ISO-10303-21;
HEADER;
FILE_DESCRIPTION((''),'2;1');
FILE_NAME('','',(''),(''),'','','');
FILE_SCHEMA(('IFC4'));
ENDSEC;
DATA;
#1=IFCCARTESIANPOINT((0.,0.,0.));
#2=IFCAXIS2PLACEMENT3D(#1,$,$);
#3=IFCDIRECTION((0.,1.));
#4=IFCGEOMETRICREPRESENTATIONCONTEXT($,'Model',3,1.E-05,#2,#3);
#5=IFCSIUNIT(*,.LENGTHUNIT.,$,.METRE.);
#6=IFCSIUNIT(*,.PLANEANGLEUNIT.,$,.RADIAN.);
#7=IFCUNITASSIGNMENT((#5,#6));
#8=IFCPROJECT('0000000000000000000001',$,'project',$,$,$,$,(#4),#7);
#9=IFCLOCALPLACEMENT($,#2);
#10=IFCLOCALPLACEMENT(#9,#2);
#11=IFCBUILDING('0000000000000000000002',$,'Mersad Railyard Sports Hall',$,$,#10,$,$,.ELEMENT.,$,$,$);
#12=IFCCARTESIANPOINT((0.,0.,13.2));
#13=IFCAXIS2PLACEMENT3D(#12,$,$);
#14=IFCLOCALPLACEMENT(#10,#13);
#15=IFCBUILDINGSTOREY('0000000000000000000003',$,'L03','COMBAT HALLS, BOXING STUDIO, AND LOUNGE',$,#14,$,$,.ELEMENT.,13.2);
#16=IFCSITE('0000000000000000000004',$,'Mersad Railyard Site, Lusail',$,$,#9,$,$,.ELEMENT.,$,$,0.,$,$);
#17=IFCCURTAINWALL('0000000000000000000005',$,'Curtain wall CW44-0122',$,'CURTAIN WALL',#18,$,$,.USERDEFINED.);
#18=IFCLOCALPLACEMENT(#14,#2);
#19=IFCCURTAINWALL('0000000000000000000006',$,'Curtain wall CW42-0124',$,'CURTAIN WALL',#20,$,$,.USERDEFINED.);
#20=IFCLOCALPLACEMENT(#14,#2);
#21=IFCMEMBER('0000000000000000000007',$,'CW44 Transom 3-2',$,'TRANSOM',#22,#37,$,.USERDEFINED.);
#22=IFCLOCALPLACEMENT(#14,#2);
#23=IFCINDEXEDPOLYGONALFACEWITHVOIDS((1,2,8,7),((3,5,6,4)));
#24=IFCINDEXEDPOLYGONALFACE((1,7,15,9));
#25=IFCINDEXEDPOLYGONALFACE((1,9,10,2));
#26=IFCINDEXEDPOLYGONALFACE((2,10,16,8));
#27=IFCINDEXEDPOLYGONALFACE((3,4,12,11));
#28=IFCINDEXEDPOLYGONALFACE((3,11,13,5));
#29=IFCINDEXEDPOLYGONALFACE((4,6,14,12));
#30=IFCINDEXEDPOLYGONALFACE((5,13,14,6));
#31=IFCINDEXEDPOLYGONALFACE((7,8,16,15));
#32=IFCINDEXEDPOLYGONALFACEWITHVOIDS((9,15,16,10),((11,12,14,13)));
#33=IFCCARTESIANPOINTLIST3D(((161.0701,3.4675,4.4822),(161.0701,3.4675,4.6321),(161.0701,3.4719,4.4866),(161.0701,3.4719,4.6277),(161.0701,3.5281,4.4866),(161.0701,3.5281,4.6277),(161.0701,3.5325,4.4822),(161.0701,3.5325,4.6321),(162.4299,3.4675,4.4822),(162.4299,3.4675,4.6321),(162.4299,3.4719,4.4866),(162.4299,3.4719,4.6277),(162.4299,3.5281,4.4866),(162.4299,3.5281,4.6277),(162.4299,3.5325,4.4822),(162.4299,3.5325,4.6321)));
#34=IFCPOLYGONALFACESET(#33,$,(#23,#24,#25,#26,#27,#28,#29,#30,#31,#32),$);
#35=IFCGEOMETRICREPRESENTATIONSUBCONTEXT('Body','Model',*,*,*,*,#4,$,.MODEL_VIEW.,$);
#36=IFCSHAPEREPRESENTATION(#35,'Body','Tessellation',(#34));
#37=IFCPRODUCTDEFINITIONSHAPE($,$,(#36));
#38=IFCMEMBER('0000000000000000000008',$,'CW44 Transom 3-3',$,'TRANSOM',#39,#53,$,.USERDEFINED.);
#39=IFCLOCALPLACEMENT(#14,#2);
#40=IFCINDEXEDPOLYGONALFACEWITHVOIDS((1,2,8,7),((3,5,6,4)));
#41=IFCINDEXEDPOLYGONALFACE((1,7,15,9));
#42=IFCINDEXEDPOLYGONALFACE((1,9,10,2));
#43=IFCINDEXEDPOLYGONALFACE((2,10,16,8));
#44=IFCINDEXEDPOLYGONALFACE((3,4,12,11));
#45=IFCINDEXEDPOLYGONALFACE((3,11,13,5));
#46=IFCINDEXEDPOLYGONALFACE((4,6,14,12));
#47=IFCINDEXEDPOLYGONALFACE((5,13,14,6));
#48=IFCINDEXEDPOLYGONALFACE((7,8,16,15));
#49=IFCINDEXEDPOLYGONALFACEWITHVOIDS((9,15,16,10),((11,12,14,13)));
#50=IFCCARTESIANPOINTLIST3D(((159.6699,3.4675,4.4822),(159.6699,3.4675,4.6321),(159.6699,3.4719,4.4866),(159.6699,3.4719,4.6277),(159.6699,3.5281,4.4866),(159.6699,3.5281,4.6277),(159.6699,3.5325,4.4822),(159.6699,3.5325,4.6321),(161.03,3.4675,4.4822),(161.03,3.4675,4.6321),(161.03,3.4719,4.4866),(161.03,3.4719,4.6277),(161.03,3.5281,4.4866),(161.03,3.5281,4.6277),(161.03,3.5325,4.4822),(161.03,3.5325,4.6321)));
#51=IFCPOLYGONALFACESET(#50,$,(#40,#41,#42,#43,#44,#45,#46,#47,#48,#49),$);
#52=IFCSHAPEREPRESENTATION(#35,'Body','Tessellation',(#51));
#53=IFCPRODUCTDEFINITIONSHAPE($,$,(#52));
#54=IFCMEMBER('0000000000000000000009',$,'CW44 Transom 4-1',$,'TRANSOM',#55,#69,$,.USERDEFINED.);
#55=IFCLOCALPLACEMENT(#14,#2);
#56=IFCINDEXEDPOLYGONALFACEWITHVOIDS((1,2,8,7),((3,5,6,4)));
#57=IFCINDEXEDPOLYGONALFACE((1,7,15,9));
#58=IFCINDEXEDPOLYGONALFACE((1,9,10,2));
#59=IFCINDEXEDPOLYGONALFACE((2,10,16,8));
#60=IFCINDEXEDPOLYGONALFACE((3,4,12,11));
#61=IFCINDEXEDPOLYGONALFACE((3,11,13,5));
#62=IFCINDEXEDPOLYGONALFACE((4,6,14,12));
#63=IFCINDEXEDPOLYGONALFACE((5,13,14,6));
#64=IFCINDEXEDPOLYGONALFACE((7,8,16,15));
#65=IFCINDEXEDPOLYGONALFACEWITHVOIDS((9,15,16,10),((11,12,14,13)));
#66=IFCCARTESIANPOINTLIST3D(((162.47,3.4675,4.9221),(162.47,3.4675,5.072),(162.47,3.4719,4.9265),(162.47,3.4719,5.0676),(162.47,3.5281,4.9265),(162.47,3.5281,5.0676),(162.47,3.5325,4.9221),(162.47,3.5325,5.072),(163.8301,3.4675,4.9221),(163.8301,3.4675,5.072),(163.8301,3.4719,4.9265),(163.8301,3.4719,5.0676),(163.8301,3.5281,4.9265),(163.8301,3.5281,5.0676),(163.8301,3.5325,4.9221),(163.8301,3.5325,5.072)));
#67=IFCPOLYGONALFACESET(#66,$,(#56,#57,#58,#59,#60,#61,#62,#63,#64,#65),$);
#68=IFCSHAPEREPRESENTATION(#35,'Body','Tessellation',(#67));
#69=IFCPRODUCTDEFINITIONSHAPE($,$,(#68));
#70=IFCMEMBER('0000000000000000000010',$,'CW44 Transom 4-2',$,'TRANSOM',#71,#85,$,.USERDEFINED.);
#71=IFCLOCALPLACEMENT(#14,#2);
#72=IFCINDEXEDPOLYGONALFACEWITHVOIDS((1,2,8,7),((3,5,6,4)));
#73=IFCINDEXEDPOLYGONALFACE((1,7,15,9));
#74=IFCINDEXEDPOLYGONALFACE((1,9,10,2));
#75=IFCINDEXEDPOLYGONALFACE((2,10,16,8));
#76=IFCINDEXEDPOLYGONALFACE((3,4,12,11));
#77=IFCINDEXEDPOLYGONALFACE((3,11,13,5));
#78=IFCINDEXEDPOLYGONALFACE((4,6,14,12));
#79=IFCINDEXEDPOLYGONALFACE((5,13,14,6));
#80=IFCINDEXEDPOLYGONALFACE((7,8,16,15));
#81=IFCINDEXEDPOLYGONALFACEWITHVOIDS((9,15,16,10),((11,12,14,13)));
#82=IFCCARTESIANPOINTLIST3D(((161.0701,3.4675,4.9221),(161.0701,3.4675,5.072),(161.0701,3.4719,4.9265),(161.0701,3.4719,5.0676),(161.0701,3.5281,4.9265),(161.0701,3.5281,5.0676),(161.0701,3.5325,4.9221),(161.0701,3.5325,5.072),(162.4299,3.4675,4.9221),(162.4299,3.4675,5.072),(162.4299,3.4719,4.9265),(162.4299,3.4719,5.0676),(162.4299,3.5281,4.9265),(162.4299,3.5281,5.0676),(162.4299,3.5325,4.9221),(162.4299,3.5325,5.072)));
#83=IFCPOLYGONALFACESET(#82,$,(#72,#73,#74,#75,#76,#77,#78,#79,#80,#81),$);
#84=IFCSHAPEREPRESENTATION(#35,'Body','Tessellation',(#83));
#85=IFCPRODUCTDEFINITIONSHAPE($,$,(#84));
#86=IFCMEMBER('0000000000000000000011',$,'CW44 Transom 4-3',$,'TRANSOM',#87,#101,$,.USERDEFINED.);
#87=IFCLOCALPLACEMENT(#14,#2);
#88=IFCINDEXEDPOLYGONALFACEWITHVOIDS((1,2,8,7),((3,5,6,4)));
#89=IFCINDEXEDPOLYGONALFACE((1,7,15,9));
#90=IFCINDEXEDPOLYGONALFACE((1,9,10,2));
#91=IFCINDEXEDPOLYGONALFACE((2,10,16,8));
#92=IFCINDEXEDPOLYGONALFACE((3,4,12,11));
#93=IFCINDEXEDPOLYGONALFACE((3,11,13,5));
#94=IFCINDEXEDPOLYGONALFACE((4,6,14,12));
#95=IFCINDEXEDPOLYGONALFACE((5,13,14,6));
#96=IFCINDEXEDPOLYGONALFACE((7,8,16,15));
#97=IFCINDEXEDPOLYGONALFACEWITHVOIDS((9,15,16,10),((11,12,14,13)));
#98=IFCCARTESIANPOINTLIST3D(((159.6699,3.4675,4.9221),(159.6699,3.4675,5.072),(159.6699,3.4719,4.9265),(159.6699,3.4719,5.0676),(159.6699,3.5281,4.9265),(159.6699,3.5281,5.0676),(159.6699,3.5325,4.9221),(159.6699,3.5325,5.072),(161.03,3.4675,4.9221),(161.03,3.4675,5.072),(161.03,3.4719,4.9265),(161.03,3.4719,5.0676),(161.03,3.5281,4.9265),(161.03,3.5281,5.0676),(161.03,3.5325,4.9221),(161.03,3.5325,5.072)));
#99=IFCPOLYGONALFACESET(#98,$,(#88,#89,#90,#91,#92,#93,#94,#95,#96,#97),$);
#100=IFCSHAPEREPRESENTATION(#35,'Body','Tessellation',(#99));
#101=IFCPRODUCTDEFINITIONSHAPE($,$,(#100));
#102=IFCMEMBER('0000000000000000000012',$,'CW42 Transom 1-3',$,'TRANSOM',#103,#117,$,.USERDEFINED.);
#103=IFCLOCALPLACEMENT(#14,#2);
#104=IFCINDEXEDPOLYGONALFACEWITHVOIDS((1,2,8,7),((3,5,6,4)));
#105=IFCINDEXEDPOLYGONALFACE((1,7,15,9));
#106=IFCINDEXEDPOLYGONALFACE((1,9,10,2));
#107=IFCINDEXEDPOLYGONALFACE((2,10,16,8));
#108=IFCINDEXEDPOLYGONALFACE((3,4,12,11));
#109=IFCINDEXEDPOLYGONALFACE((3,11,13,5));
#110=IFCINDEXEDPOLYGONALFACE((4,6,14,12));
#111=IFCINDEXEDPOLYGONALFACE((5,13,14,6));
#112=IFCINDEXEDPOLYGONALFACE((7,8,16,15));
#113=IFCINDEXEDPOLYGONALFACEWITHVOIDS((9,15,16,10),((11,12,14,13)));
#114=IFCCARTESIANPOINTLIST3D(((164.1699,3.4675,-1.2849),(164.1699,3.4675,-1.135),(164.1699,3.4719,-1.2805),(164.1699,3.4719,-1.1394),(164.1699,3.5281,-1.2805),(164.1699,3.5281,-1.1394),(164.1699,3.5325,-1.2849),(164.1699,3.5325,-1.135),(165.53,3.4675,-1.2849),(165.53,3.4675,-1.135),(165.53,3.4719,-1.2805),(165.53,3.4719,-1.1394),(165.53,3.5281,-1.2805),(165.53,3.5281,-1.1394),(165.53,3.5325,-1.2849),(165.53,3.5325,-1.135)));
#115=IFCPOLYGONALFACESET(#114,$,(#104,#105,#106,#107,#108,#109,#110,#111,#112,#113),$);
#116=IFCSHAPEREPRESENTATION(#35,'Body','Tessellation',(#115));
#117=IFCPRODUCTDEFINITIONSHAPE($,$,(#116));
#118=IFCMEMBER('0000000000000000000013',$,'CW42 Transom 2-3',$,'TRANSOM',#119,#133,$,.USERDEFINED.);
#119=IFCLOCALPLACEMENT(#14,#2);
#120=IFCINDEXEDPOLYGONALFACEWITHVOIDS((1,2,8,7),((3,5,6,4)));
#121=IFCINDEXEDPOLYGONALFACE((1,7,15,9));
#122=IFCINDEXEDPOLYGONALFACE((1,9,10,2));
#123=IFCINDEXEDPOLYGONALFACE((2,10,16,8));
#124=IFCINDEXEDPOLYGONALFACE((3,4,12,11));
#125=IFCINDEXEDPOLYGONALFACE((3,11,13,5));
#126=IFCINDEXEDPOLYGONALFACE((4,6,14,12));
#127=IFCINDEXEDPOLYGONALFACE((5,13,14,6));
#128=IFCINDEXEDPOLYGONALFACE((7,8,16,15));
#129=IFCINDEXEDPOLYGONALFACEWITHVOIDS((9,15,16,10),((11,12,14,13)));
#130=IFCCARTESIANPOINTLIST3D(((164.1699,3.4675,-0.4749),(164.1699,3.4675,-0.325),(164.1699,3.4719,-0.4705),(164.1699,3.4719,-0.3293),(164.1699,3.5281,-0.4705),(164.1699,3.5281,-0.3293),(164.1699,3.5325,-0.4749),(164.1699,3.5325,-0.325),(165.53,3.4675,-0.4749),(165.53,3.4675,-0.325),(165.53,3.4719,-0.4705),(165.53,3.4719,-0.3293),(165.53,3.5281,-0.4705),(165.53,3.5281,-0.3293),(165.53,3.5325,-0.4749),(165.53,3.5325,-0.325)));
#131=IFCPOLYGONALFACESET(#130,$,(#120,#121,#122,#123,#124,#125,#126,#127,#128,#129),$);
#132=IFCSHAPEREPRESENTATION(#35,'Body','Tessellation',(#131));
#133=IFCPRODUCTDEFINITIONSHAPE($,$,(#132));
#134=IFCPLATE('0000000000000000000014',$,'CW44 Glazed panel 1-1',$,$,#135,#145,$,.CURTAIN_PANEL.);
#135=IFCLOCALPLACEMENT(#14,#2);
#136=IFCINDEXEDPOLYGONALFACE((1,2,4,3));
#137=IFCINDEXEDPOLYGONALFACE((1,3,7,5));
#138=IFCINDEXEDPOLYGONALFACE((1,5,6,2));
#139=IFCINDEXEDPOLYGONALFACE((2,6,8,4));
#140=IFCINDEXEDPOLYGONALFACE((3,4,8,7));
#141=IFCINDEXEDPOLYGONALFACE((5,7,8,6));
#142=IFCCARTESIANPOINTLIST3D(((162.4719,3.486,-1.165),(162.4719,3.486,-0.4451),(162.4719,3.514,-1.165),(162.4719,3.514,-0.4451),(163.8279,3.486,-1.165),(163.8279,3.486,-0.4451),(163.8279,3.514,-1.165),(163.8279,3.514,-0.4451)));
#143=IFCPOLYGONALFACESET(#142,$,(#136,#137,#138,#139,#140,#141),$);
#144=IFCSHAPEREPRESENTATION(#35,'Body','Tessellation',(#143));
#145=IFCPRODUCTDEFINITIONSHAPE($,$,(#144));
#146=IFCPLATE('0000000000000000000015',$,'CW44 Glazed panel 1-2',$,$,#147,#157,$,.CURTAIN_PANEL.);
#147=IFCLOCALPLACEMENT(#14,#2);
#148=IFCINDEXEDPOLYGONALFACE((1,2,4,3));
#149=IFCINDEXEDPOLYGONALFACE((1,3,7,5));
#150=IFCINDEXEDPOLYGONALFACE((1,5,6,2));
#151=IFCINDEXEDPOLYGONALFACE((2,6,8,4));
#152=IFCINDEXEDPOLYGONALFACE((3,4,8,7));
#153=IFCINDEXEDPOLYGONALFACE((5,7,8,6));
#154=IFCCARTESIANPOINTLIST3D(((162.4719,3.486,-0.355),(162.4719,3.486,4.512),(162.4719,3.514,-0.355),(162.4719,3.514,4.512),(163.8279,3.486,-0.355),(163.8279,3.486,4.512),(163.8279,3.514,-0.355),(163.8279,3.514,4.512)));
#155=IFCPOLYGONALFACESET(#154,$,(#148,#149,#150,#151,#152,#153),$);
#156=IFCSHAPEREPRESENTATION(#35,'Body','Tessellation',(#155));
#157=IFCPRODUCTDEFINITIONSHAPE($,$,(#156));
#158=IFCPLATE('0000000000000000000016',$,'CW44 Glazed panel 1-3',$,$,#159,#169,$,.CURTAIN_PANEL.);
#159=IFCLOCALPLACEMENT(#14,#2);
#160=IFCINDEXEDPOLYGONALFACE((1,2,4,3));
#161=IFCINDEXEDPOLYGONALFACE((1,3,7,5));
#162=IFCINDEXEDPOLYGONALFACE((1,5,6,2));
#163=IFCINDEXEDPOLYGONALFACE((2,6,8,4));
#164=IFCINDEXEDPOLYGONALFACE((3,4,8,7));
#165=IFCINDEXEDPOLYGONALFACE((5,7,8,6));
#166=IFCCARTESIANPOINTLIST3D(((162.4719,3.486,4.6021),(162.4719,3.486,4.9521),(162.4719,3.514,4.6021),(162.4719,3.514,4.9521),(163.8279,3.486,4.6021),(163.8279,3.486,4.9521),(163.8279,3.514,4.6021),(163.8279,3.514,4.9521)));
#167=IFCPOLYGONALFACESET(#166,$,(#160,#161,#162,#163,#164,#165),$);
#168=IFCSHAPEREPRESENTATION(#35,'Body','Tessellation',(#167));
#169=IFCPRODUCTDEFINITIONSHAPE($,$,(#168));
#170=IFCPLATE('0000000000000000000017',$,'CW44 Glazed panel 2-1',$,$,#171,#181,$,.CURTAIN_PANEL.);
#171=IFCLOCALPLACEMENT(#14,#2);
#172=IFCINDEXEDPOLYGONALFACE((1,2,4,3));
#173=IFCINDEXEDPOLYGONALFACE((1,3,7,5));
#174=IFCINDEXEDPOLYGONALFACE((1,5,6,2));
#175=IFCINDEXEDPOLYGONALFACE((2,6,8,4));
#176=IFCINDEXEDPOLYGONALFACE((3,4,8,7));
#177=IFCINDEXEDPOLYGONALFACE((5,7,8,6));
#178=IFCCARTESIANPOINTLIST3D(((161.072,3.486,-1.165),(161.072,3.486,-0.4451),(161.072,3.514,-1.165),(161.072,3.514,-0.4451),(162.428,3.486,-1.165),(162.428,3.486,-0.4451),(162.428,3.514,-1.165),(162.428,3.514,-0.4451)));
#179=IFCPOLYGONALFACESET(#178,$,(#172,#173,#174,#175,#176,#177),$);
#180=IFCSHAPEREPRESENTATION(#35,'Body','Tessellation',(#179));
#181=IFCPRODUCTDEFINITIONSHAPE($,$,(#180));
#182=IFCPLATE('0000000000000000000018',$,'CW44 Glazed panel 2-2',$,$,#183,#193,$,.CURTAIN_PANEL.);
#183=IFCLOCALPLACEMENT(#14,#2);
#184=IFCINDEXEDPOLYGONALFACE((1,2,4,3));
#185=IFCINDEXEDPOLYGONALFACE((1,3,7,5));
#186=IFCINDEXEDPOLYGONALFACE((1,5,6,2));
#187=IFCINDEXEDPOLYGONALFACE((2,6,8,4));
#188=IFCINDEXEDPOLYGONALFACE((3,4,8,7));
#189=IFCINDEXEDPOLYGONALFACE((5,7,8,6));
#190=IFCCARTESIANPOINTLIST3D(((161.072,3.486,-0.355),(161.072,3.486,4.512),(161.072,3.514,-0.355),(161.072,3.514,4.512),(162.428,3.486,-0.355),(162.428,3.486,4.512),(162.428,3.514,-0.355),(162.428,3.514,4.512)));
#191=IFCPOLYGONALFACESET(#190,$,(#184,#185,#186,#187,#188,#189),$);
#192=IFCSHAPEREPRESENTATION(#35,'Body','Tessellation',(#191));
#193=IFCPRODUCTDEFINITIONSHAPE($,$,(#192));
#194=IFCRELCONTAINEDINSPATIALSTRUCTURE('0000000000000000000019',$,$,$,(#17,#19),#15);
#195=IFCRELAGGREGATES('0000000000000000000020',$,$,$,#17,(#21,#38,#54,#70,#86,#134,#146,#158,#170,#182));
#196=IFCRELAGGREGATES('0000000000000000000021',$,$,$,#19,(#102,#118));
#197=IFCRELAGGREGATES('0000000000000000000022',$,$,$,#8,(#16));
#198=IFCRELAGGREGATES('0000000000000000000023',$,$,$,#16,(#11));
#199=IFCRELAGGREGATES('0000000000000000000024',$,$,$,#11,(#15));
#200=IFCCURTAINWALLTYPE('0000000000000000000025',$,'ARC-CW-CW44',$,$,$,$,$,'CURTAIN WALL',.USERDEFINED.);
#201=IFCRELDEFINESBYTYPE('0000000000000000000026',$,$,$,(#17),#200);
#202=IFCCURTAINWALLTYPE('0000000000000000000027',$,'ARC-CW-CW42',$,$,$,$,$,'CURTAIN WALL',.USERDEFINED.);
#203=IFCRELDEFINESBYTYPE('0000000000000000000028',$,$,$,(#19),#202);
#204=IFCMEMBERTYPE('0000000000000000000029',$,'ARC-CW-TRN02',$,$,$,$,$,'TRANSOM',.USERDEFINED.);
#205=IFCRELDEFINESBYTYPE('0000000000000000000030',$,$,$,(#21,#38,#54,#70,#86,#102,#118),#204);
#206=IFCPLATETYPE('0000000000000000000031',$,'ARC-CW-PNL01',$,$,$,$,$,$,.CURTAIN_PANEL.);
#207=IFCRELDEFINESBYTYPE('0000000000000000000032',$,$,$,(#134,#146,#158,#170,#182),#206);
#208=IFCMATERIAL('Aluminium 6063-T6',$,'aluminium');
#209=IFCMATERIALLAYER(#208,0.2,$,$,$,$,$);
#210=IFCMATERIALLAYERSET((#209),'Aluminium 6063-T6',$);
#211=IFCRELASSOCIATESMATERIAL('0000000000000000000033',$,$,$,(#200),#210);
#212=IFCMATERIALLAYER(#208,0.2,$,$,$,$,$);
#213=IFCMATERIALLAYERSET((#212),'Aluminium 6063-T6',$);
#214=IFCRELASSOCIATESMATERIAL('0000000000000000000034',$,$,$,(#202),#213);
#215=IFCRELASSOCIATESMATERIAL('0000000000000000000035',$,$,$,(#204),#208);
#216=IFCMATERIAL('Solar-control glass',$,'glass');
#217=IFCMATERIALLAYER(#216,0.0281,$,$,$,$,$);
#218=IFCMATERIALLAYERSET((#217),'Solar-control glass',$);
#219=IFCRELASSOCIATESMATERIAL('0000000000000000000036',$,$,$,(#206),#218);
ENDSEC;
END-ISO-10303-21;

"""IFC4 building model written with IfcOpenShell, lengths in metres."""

from ifc_helpers import new_model, si_unit, direction, frame, origin, origin_2d, place, context, subcontext, project, spatial, rectangle, hollow_rectangle, extrude, material, layer, layer_set, material_profile, profile_set, type_object, element, aggregate, save


model = new_model("IFC4")

# Units and contexts
model_context = context("Model", 3, precision=1e-05, world=origin(), true_north=direction((0.0, 1.0)))
body_context = subcontext(model_context, "Body", "Model", "MODEL_VIEW")
ifc_project = project(units=[si_unit("LENGTHUNIT", "METRE"), si_unit("PLANEANGLEUNIT", "RADIAN")], contexts=[model_context])

# Site, building, storey
site_placement = place(None, origin())
site = spatial("IfcSite", under=ifc_project, at=site_placement, Name="Mersad Railyard Site, Lusail", CompositionType="ELEMENT", RefElevation=0.0)
building_placement = place(site_placement, origin())
building = spatial("IfcBuilding", under=site, at=building_placement, Name="Mersad Railyard Sports Hall", CompositionType="ELEMENT")
storey_placement = place(building_placement, frame((0.0, 0.0, 13.2)))
storey = spatial("IfcBuildingStorey", under=building, at=storey_placement, Name="L03", Description="COMBAT HALLS, BOXING STUDIO, AND LOUNGE", CompositionType="ELEMENT", Elevation=13.2)

# Curtain wall
ifc_material_1 = material(Name="Aluminium 6063-T6", Category="aluminium")
ifc_layer_1 = layer(ifc_material_1, 0.2)
ifc_layer_set_1 = layer_set([ifc_layer_1], Name="Aluminium 6063-T6")
curtain_wall_type_1 = type_object("IfcCurtainWallType", Name="ARC-CW-CW44", ElementType="CURTAIN WALL", PredefinedType="USERDEFINED", material=ifc_layer_set_1)
curtain_wall_1_placement = place(storey_placement, origin())
curtain_wall_1 = element("IfcCurtainWall", 1, at=curtain_wall_1_placement, inside=storey, type_object=curtain_wall_type_1, Name="Curtain wall CW44-0122", ObjectType="CURTAIN WALL", PredefinedType="USERDEFINED")

# Curtain wall
ifc_layer_2 = layer(ifc_material_1, 0.2)
ifc_layer_set_2 = layer_set([ifc_layer_2], Name="Aluminium 6063-T6")
curtain_wall_type_2 = type_object("IfcCurtainWallType", Name="ARC-CW-CW42", ElementType="CURTAIN WALL", PredefinedType="USERDEFINED", material=ifc_layer_set_2)
curtain_wall_2_placement = place(storey_placement, origin())
curtain_wall_2 = element("IfcCurtainWall", 2, at=curtain_wall_2_placement, inside=storey, type_object=curtain_wall_type_2, Name="Curtain wall CW42-0124", ObjectType="CURTAIN WALL", PredefinedType="USERDEFINED")

# Members
ifc_material_profile_1 = material_profile(ifc_material_1, hollow_rectangle(XDim=0.0649, YDim=0.1499, WallThickness=0.0044, at=origin_2d()), Name="AL TRANSOM 65x150x4.5")
ifc_profile_set_1 = profile_set([ifc_material_profile_1], Name="Aluminium 6063-T6")
member_type_1 = type_object("IfcMemberType", Name="ARC-CW-TRN02", ElementType="TRANSOM", PredefinedType="USERDEFINED", material=ifc_profile_set_1)
member_1_placement = place(storey_placement, frame((162.4299, 3.5, 4.5571), z_axis=(-1.0, 0.0, 0.0), x_axis=(0.0, -1.0, 0.0)))
member_1 = element("IfcMember", 3, at=member_1_placement, type_object=member_type_1, Name="CW44 Transom 3-2", ObjectType="TRANSOM", PredefinedType="USERDEFINED", context=body_context, shape_type="SweptSolid", body=[
    extrude(hollow_rectangle(XDim=0.0649, YDim=0.1499, WallThickness=0.0044, at=origin_2d()), origin(), (0.0, 0.0, 1.0), 1.3599),
])
member_2_placement = place(storey_placement, frame((161.03, 3.5, 4.5571), z_axis=(-1.0, 0.0, 0.0), x_axis=(0.0, -1.0, 0.0)))
member_2 = element("IfcMember", 4, at=member_2_placement, type_object=member_type_1, Name="CW44 Transom 3-3", ObjectType="TRANSOM", PredefinedType="USERDEFINED", context=body_context, shape_type="SweptSolid", body=[
    extrude(hollow_rectangle(XDim=0.0649, YDim=0.1499, WallThickness=0.0044, at=origin_2d()), origin(), (0.0, 0.0, 1.0), 1.3601),
])
member_3_placement = place(storey_placement, frame((163.8301, 3.5, 4.9971), z_axis=(-1.0, 0.0, 0.0), x_axis=(0.0, -1.0, 0.0)))
member_3 = element("IfcMember", 5, at=member_3_placement, type_object=member_type_1, Name="CW44 Transom 4-1", ObjectType="TRANSOM", PredefinedType="USERDEFINED", context=body_context, shape_type="SweptSolid", body=[
    extrude(hollow_rectangle(XDim=0.0649, YDim=0.1499, WallThickness=0.0044, at=origin_2d()), origin(), (0.0, 0.0, 1.0), 1.3601),
])
member_4_placement = place(storey_placement, frame((162.4299, 3.5, 4.9971), z_axis=(-1.0, 0.0, 0.0), x_axis=(0.0, -1.0, 0.0)))
member_4 = element("IfcMember", 6, at=member_4_placement, type_object=member_type_1, Name="CW44 Transom 4-2", ObjectType="TRANSOM", PredefinedType="USERDEFINED", context=body_context, shape_type="SweptSolid", body=[
    extrude(hollow_rectangle(XDim=0.0649, YDim=0.1499, WallThickness=0.0044, at=origin_2d()), origin(), (0.0, 0.0, 1.0), 1.3599),
])
member_5_placement = place(storey_placement, frame((161.03, 3.5, 4.9971), z_axis=(-1.0, 0.0, 0.0), x_axis=(0.0, -1.0, 0.0)))
member_5 = element("IfcMember", 7, at=member_5_placement, type_object=member_type_1, Name="CW44 Transom 4-3", ObjectType="TRANSOM", PredefinedType="USERDEFINED", context=body_context, shape_type="SweptSolid", body=[
    extrude(hollow_rectangle(XDim=0.0649, YDim=0.1499, WallThickness=0.0044, at=origin_2d()), origin(), (0.0, 0.0, 1.0), 1.3601),
])
member_6_placement = place(storey_placement, frame((165.53, 3.5, -1.21), z_axis=(-1.0, 0.0, 0.0), x_axis=(0.0, -1.0, 0.0)))
member_6 = element("IfcMember", 8, at=member_6_placement, type_object=member_type_1, Name="CW42 Transom 1-3", ObjectType="TRANSOM", PredefinedType="USERDEFINED", context=body_context, shape_type="SweptSolid", body=[
    extrude(hollow_rectangle(XDim=0.0649, YDim=0.1499, WallThickness=0.0044, at=origin_2d()), origin(), (0.0, 0.0, 1.0), 1.3601),
])
member_7_placement = place(storey_placement, frame((165.53, 3.5, -0.3999), z_axis=(-1.0, 0.0, 0.0), x_axis=(0.0, -1.0, 0.0)))
member_7 = element("IfcMember", 9, at=member_7_placement, type_object=member_type_1, Name="CW42 Transom 2-3", ObjectType="TRANSOM", PredefinedType="USERDEFINED", context=body_context, shape_type="SweptSolid", body=[
    extrude(hollow_rectangle(XDim=0.0649, YDim=0.1499, WallThickness=0.0044, at=origin_2d()), origin(), (0.0, 0.0, 1.0), 1.3601),
])

# Plates
ifc_material_2 = material(Name="Solar-control glass", Category="glass")
ifc_layer_3 = layer(ifc_material_2, 0.0281)
ifc_layer_set_3 = layer_set([ifc_layer_3], Name="Solar-control glass")
plate_type = type_object("IfcPlateType", Name="ARC-CW-PNL01", PredefinedType="CURTAIN_PANEL", material=ifc_layer_set_3)
plate_1_placement = place(storey_placement, frame((163.1499, 3.5, -1.165), z_axis=(0.0, 0.0, 1.0), x_axis=(-1.0, 0.0, 0.0)))
plate_1 = element("IfcPlate", 10, at=plate_1_placement, type_object=plate_type, Name="CW44 Glazed panel 1-1", PredefinedType="CURTAIN_PANEL", context=body_context, shape_type="SweptSolid", body=[
    extrude(rectangle(XDim=1.356, YDim=0.0281, at=origin_2d()), origin(), (0.0, 0.0, 1.0), 0.72),
])
plate_2_placement = place(storey_placement, frame((163.1499, 3.5, -0.355), z_axis=(0.0, 0.0, 1.0), x_axis=(-1.0, 0.0, 0.0)))
plate_2 = element("IfcPlate", 11, at=plate_2_placement, type_object=plate_type, Name="CW44 Glazed panel 1-2", PredefinedType="CURTAIN_PANEL", context=body_context, shape_type="SweptSolid", body=[
    extrude(rectangle(XDim=1.356, YDim=0.0281, at=origin_2d()), origin(), (0.0, 0.0, 1.0), 4.8669),
])
plate_3_placement = place(storey_placement, frame((163.1499, 3.5, 4.6021), z_axis=(0.0, 0.0, 1.0), x_axis=(-1.0, 0.0, 0.0)))
plate_3 = element("IfcPlate", 12, at=plate_3_placement, type_object=plate_type, Name="CW44 Glazed panel 1-3", PredefinedType="CURTAIN_PANEL", context=body_context, shape_type="SweptSolid", body=[
    extrude(rectangle(XDim=1.356, YDim=0.0281, at=origin_2d()), origin(), (0.0, 0.0, 1.0), 0.3501),
])
plate_4_placement = place(storey_placement, frame((161.75, 3.5, -1.165), z_axis=(0.0, 0.0, 1.0), x_axis=(-1.0, 0.0, 0.0)))
plate_4 = element("IfcPlate", 13, at=plate_4_placement, type_object=plate_type, Name="CW44 Glazed panel 2-1", PredefinedType="CURTAIN_PANEL", context=body_context, shape_type="SweptSolid", body=[
    extrude(rectangle(XDim=1.356, YDim=0.0281, at=origin_2d()), origin(), (0.0, 0.0, 1.0), 0.72),
])
plate_5_placement = place(storey_placement, frame((161.75, 3.5, -0.355), z_axis=(0.0, 0.0, 1.0), x_axis=(-1.0, 0.0, 0.0)))
plate_5 = element("IfcPlate", 14, at=plate_5_placement, type_object=plate_type, Name="CW44 Glazed panel 2-2", PredefinedType="CURTAIN_PANEL", context=body_context, shape_type="SweptSolid", body=[
    extrude(rectangle(XDim=1.356, YDim=0.0281, at=origin_2d()), origin(), (0.0, 0.0, 1.0), 4.8669),
])
aggregate(curtain_wall_1, [member_1, member_2, member_3, member_4, member_5, plate_1, plate_2, plate_3, plate_4, plate_5])
aggregate(curtain_wall_2, [member_6, member_7])

save(model, "model.ifc")
